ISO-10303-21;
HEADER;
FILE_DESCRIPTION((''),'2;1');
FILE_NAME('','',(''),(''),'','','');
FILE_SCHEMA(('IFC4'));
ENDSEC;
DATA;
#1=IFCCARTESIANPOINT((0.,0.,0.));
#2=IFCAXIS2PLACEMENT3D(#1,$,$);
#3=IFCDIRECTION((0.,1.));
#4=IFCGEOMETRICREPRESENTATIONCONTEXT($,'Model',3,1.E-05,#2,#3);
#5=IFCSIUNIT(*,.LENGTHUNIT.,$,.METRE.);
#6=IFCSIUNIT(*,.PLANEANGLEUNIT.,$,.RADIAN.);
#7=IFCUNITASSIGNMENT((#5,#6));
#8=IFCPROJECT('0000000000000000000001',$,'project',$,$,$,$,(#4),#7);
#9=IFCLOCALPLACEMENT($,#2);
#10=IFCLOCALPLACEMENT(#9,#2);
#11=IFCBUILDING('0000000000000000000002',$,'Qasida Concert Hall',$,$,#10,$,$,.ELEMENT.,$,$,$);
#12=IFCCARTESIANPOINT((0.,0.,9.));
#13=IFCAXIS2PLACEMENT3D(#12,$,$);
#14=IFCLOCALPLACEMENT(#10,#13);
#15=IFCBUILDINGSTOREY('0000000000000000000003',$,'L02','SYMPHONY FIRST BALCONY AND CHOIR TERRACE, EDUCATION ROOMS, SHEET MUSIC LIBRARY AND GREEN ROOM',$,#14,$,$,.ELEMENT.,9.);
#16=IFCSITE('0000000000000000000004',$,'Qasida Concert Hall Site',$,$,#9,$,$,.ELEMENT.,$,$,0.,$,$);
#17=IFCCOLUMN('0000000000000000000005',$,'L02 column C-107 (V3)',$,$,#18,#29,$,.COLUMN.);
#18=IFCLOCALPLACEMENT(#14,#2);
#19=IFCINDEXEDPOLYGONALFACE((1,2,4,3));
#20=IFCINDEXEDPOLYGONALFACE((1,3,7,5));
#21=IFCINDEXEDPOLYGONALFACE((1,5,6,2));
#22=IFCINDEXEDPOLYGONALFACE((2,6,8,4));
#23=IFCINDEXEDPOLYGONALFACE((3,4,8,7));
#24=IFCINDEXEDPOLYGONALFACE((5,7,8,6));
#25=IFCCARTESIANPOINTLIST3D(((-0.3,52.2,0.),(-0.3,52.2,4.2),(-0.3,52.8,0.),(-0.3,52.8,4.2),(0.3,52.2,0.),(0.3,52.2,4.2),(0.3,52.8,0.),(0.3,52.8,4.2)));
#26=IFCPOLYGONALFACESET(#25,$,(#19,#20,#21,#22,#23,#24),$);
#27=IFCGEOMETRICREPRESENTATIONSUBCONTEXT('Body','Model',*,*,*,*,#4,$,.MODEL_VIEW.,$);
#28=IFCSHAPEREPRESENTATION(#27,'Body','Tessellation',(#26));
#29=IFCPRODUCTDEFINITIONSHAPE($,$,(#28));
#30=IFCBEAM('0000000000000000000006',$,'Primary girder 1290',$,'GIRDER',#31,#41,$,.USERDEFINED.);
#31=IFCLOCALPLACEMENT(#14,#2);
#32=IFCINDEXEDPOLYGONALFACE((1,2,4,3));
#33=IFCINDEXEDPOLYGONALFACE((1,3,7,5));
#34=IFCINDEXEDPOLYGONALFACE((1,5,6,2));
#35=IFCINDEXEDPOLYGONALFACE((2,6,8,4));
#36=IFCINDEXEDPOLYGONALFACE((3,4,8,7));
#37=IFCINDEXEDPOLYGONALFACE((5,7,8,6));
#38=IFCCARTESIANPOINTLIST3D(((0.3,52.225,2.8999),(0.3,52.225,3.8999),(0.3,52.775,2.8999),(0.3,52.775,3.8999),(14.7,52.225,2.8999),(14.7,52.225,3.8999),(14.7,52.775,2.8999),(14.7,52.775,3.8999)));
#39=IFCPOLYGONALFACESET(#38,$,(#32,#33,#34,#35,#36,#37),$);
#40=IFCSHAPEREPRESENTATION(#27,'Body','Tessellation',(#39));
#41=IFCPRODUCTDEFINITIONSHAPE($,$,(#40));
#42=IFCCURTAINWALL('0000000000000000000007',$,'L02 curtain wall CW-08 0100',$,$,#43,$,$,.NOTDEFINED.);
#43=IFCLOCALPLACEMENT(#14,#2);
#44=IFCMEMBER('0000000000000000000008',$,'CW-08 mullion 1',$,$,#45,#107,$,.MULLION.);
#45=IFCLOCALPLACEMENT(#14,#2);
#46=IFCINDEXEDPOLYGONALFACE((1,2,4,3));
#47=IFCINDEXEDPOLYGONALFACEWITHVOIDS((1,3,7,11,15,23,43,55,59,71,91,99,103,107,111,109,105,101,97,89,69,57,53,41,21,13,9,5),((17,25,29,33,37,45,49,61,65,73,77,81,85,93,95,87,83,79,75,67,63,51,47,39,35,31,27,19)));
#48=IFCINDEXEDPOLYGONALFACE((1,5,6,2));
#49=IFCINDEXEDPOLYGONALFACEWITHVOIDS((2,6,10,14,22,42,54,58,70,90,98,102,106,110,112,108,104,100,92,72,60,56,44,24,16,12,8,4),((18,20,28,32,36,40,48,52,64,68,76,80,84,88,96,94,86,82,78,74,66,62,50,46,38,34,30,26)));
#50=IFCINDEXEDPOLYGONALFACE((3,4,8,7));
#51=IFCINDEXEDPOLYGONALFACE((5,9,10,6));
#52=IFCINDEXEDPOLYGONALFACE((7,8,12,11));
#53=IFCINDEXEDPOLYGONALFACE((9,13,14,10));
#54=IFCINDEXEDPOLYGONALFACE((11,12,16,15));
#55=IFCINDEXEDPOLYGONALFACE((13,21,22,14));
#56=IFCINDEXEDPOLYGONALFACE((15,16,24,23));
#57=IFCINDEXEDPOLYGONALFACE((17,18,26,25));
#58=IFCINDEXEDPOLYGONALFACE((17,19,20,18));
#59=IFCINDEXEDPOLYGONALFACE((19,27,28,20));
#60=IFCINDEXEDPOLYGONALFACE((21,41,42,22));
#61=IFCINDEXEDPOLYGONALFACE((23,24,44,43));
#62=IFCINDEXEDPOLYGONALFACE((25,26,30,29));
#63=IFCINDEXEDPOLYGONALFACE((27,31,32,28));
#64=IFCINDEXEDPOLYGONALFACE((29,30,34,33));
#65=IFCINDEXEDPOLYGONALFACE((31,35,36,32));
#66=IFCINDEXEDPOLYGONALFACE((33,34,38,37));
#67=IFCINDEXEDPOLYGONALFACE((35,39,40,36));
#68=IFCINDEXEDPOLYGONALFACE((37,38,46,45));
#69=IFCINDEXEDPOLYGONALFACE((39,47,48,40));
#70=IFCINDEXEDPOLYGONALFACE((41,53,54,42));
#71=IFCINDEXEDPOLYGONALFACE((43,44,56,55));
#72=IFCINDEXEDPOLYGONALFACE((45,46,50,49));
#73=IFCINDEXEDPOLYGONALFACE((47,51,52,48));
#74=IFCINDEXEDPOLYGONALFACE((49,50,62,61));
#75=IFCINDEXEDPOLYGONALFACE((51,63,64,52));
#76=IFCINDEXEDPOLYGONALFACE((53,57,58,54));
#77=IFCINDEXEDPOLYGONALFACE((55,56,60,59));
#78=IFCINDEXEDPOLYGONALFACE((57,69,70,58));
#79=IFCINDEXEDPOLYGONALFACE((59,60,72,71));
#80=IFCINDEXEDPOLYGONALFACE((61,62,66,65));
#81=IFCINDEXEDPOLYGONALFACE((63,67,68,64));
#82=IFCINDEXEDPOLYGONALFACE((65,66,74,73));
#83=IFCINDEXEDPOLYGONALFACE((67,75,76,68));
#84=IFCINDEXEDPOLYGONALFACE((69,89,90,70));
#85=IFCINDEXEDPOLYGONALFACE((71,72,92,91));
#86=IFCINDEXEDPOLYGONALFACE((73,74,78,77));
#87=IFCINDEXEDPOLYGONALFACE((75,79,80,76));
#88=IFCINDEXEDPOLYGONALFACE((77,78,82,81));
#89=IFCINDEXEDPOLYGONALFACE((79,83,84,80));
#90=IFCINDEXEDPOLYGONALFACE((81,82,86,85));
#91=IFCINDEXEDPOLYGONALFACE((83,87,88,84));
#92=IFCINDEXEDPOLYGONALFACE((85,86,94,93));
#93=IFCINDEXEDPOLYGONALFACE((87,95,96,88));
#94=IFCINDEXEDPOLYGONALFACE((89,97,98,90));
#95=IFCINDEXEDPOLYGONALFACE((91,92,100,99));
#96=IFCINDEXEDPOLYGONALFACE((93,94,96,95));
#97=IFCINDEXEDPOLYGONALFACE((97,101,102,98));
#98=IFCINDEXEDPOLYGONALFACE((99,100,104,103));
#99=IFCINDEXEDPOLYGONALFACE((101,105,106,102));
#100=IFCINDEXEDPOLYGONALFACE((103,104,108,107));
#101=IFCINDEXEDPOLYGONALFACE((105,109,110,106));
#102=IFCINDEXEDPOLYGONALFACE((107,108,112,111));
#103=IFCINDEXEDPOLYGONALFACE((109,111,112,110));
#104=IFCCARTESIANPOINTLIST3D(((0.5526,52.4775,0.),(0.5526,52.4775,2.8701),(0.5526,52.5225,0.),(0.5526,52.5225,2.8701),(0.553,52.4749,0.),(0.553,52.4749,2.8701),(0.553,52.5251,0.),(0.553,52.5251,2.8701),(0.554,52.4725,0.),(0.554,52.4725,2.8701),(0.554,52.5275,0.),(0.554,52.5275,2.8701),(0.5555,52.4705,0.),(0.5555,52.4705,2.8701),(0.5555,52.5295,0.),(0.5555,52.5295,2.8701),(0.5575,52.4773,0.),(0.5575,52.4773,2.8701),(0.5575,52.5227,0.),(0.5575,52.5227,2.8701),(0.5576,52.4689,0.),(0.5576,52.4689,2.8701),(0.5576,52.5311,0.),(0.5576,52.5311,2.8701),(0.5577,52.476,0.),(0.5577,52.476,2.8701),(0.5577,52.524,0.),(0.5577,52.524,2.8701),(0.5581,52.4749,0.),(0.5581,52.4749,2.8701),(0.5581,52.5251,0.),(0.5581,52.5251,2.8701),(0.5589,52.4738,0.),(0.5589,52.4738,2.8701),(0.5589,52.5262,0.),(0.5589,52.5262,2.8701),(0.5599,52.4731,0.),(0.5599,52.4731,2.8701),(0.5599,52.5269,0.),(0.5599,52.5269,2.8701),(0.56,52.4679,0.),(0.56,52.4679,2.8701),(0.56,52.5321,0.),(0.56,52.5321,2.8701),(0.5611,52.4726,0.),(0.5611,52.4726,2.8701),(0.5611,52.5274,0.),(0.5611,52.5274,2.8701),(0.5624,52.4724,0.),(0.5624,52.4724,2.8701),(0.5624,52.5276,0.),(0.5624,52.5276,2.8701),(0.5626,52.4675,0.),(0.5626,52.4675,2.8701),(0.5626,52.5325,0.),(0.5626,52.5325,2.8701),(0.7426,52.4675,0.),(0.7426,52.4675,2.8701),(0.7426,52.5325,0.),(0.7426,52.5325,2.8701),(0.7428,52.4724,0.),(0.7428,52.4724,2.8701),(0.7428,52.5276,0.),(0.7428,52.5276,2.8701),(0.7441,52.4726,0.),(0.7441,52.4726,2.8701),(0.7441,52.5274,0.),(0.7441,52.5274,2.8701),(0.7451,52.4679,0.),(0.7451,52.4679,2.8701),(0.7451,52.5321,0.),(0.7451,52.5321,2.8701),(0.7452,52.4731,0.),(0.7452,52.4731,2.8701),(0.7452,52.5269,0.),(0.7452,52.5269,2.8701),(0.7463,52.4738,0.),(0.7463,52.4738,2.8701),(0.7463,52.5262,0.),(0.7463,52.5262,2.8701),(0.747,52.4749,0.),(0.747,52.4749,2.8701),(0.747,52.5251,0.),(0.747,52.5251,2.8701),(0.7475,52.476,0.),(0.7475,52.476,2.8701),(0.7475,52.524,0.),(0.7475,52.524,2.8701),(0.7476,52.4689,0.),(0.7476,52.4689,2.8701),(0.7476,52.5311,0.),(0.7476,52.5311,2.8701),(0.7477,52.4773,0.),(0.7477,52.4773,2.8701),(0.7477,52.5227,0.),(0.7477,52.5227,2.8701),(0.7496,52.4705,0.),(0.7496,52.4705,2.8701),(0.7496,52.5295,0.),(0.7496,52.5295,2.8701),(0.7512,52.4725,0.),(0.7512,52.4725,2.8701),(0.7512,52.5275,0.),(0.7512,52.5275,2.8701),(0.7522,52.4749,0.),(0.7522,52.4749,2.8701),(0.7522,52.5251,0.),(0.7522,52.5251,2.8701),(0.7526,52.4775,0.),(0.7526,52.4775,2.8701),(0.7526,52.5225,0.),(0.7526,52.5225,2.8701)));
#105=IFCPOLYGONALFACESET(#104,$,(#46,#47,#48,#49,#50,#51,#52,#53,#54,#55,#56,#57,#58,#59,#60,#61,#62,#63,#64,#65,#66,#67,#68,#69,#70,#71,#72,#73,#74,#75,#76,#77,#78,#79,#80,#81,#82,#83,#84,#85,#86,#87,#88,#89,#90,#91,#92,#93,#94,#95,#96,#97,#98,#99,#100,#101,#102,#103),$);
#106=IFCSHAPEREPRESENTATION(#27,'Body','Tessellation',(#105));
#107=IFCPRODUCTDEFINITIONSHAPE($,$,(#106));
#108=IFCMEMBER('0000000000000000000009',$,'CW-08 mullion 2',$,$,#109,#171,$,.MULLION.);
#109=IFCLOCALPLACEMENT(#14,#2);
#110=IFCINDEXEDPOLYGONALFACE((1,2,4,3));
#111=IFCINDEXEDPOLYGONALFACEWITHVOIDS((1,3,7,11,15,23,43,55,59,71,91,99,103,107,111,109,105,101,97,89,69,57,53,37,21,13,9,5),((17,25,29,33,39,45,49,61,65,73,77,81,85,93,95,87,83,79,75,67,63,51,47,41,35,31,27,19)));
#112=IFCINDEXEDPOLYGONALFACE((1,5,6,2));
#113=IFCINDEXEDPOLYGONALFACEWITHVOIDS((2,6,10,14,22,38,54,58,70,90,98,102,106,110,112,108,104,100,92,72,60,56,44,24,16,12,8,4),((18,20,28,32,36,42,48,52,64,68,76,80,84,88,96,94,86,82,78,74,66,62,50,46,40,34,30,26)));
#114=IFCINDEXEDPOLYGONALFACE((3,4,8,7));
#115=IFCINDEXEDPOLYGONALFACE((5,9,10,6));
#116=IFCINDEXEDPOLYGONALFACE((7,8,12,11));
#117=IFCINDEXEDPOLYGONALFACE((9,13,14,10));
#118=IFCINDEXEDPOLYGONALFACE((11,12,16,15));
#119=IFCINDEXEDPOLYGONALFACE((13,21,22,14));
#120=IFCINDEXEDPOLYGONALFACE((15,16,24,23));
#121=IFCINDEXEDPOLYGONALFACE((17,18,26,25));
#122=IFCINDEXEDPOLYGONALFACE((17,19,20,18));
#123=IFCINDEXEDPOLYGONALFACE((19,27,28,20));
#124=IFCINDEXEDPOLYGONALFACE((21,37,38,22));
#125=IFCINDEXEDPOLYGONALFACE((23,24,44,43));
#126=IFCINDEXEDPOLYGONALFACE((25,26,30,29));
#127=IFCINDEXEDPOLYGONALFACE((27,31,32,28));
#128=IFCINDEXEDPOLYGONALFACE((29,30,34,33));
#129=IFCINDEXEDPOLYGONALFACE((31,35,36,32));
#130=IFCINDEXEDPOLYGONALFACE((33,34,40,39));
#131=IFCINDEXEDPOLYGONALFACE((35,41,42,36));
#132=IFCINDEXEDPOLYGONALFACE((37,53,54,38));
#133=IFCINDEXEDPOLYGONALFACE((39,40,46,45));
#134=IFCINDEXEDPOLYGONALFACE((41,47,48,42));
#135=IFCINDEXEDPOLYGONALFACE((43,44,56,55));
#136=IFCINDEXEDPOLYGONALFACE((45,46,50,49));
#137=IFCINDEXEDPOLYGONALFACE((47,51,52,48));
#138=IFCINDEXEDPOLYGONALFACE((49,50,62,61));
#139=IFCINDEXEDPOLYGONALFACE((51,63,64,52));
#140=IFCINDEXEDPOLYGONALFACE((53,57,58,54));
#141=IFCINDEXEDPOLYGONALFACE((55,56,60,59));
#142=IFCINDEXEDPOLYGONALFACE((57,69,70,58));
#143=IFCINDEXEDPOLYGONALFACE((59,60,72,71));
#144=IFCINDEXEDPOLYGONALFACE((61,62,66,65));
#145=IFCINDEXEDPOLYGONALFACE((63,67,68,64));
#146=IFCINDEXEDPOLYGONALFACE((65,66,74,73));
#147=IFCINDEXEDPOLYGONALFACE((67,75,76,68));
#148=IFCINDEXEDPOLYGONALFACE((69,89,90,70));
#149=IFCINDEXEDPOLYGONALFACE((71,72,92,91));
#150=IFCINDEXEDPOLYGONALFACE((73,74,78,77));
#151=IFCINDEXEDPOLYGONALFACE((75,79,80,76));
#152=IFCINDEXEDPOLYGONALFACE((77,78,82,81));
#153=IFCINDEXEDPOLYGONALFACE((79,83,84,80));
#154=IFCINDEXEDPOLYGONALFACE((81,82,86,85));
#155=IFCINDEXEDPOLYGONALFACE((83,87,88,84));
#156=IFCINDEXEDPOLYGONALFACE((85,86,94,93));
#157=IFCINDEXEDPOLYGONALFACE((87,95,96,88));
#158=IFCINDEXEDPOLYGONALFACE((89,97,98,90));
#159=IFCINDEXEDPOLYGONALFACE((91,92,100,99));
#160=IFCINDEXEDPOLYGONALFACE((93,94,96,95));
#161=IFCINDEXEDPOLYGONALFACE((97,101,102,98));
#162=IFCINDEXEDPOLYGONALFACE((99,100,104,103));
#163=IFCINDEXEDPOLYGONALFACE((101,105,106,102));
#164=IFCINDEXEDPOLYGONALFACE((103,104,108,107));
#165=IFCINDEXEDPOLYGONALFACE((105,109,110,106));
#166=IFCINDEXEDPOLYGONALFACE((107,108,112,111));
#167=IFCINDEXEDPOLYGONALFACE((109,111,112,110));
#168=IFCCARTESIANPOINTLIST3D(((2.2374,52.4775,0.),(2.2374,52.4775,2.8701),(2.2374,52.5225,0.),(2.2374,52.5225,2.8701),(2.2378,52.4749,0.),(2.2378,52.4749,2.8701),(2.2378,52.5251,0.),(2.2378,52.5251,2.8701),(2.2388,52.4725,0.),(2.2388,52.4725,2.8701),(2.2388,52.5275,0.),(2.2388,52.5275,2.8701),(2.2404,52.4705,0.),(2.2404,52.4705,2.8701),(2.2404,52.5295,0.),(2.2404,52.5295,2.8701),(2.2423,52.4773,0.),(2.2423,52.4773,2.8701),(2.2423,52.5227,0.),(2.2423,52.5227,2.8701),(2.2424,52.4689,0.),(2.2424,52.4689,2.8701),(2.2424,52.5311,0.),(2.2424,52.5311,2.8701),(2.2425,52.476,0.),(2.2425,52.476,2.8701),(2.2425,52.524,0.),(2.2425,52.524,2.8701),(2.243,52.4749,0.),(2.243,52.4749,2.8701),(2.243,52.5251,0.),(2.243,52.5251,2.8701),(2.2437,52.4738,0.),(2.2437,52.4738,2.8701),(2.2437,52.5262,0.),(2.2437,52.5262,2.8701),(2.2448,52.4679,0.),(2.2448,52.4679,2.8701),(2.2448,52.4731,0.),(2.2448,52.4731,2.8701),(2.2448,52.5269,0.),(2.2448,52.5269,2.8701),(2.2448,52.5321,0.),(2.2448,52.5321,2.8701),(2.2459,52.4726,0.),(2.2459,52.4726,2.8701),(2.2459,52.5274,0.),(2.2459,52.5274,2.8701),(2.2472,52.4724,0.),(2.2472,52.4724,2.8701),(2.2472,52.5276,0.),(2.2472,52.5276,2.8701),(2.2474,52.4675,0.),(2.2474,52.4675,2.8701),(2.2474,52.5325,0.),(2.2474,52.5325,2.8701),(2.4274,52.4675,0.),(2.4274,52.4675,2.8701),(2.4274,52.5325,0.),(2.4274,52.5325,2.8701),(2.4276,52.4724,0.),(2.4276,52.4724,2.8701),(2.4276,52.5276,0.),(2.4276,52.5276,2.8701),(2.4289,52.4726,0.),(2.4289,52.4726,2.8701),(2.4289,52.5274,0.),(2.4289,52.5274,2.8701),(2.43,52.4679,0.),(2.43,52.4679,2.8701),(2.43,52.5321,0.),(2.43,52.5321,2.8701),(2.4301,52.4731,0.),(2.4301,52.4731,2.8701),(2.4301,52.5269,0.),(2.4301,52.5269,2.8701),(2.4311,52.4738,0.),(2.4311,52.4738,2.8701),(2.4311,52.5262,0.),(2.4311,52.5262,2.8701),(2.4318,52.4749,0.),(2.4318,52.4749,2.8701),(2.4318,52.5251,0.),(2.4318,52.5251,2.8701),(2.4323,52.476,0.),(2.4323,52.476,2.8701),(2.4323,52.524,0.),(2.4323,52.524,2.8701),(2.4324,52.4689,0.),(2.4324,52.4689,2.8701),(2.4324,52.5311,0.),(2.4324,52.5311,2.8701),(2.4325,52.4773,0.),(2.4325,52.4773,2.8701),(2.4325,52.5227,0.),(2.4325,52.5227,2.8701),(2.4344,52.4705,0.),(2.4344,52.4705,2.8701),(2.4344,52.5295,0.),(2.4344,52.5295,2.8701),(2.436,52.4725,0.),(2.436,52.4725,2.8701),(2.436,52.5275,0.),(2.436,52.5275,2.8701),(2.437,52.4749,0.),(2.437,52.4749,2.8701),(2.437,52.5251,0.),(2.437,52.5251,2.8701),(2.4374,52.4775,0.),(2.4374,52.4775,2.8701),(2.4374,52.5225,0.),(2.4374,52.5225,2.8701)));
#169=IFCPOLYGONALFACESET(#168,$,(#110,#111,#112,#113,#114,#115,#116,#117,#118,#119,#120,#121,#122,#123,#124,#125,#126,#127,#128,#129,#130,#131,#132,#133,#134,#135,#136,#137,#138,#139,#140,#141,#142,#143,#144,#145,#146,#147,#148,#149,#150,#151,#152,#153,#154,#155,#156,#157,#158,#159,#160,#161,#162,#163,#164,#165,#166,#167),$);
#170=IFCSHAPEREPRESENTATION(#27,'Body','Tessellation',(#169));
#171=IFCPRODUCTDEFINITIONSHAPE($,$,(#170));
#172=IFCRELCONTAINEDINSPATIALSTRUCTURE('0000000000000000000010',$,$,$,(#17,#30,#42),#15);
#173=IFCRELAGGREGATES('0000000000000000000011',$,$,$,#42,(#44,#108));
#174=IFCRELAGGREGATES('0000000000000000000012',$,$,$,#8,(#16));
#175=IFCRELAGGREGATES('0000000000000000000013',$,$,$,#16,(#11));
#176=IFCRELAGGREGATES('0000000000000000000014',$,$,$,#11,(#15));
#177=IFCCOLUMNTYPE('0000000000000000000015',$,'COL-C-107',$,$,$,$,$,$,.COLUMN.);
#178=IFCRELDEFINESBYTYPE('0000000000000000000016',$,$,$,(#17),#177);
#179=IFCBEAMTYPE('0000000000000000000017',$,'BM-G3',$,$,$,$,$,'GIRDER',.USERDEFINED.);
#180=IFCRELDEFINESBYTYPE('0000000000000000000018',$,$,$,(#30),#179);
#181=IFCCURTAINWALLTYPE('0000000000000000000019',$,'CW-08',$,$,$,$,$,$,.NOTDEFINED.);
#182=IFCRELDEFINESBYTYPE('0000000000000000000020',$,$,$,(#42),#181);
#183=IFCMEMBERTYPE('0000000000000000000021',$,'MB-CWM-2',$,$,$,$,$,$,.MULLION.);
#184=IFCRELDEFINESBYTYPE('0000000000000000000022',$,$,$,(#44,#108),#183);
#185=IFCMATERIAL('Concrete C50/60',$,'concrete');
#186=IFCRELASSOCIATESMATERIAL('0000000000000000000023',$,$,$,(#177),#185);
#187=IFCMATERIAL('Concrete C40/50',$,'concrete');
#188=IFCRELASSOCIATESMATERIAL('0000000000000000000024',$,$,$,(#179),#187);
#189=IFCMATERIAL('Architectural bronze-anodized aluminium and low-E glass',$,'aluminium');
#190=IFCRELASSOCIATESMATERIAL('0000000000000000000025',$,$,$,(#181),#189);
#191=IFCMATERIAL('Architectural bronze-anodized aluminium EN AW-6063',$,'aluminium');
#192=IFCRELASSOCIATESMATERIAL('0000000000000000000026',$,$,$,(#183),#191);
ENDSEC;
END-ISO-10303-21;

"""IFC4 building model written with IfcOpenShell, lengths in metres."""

from ifc_helpers import new_model, si_unit, direction, frame, origin, origin_2d, place, context, subcontext, project, spatial, rectangle, hollow_rectangle, extrude, material, material_profile, profile_set, type_object, element, aggregate, save


model = new_model("IFC4")

# Units and contexts
model_context = context("Model", 3, precision=1e-05, world=origin(), true_north=direction((0.0, 1.0)))
body_context = subcontext(model_context, "Body", "Model", "MODEL_VIEW")
ifc_project = project(units=[si_unit("LENGTHUNIT", "METRE"), si_unit("PLANEANGLEUNIT", "RADIAN")], contexts=[model_context])

# Site, building, storey
site_placement = place(None, origin())
site = spatial("IfcSite", under=ifc_project, at=site_placement, Name="Qasida Concert Hall Site", CompositionType="ELEMENT", RefElevation=0.0)
building_placement = place(site_placement, origin())
building = spatial("IfcBuilding", under=site, at=building_placement, Name="Qasida Concert Hall", CompositionType="ELEMENT")
storey_placement = place(building_placement, frame((0.0, 0.0, 9.0)))
storey = spatial("IfcBuildingStorey", under=building, at=storey_placement, Name="L02", Description="SYMPHONY FIRST BALCONY AND CHOIR TERRACE, EDUCATION ROOMS, SHEET MUSIC LIBRARY AND GREEN ROOM", CompositionType="ELEMENT", Elevation=9.0)

# Column
ifc_material_1 = material(Name="Concrete C50/60", Category="concrete")
ifc_material_profile_1 = material_profile(ifc_material_1, rectangle(XDim=0.6001, YDim=0.6001, at=origin_2d()), Name="RC 600x600")
ifc_profile_set_1 = profile_set([ifc_material_profile_1], Name="Concrete C50/60")
column_type = type_object("IfcColumnType", Name="COL-C-107", PredefinedType="COLUMN", material=ifc_profile_set_1)
column_placement = place(storey_placement, frame((0.0, 52.5, 0.0), z_axis=(0.0, 0.0, 1.0), x_axis=(1.0, 0.0, 0.0)))
element("IfcColumn", 1, at=column_placement, inside=storey, type_object=column_type, Name="L02 column C-107 (V3)", PredefinedType="COLUMN", context=body_context, shape_type="SweptSolid", body=[
    extrude(rectangle(XDim=0.6001, YDim=0.6001, at=origin_2d()), origin(), (0.0, 0.0, 1.0), 4.2),
])

# Beam
ifc_material_2 = material(Name="Concrete C40/50", Category="concrete")
ifc_material_profile_2 = material_profile(ifc_material_2, rectangle(XDim=0.55, YDim=1.0, at=origin_2d()), Name="RC 550x1000")
ifc_profile_set_2 = profile_set([ifc_material_profile_2], Name="Concrete C40/50")
beam_type = type_object("IfcBeamType", Name="BM-G3", ElementType="GIRDER", PredefinedType="USERDEFINED", material=ifc_profile_set_2)
beam_placement = place(storey_placement, frame((0.3, 52.5, 3.3999), z_axis=(1.0, 0.0, 0.0), x_axis=(0.0, 1.0, 0.0)))
element("IfcBeam", 2, at=beam_placement, inside=storey, type_object=beam_type, Name="Primary girder 1290", ObjectType="GIRDER", PredefinedType="USERDEFINED", context=body_context, shape_type="SweptSolid", body=[
    extrude(rectangle(XDim=0.55, YDim=1.0, at=origin_2d()), origin(), (0.0, 0.0, 1.0), 14.3999),
])

# Curtain wall, members
ifc_material_3 = material(Name="Architectural bronze-anodized aluminium and low-E glass", Category="aluminium")
curtain_wall_type = type_object("IfcCurtainWallType", Name="CW-08", PredefinedType="NOTDEFINED", material=ifc_material_3)
curtain_wall_placement = place(storey_placement, origin())
curtain_wall = element("IfcCurtainWall", 3, at=curtain_wall_placement, inside=storey, type_object=curtain_wall_type, Name="L02 curtain wall CW-08 0100", PredefinedType="NOTDEFINED")
ifc_material_4 = material(Name="Architectural bronze-anodized aluminium EN AW-6063", Category="aluminium")
ifc_material_profile_3 = material_profile(ifc_material_4, hollow_rectangle(XDim=0.0649, YDim=0.2, WallThickness=0.0049, InnerFilletRadius=0.0049, OuterFilletRadius=0.01, at=origin_2d()), Name="CWM 200x65x5")
ifc_profile_set_3 = profile_set([ifc_material_profile_3], Name="Architectural bronze-anodized aluminium EN AW-6063")
member_type_1 = type_object("IfcMemberType", Name="MB-CWM-2", PredefinedType="MULLION", material=ifc_profile_set_3)
member_1_placement = place(storey_placement, frame((0.6526, 52.5, 0.0), z_axis=(0.0, 0.0, 1.0), x_axis=(0.0, 1.0, 0.0)))
member_1 = element("IfcMember", 4, at=member_1_placement, type_object=member_type_1, Name="CW-08 mullion 1", PredefinedType="MULLION", context=body_context, shape_type="SweptSolid", body=[
    extrude(hollow_rectangle(XDim=0.0649, YDim=0.2, WallThickness=0.0049, InnerFilletRadius=0.0049, OuterFilletRadius=0.01, at=origin_2d()), origin(), (0.0, 0.0, 1.0), 2.8701),
])
member_2_placement = place(storey_placement, frame((2.3374, 52.5, 0.0), z_axis=(0.0, 0.0, 1.0), x_axis=(0.0, 1.0, 0.0)))
member_2 = element("IfcMember", 5, at=member_2_placement, type_object=member_type_1, Name="CW-08 mullion 2", PredefinedType="MULLION", context=body_context, shape_type="SweptSolid", body=[
    extrude(hollow_rectangle(XDim=0.0649, YDim=0.2, WallThickness=0.0049, InnerFilletRadius=0.0049, OuterFilletRadius=0.01, at=origin_2d()), origin(), (0.0, 0.0, 1.0), 2.8701),
])
aggregate(curtain_wall, [member_1, member_2])

save(model, "model.ifc")
